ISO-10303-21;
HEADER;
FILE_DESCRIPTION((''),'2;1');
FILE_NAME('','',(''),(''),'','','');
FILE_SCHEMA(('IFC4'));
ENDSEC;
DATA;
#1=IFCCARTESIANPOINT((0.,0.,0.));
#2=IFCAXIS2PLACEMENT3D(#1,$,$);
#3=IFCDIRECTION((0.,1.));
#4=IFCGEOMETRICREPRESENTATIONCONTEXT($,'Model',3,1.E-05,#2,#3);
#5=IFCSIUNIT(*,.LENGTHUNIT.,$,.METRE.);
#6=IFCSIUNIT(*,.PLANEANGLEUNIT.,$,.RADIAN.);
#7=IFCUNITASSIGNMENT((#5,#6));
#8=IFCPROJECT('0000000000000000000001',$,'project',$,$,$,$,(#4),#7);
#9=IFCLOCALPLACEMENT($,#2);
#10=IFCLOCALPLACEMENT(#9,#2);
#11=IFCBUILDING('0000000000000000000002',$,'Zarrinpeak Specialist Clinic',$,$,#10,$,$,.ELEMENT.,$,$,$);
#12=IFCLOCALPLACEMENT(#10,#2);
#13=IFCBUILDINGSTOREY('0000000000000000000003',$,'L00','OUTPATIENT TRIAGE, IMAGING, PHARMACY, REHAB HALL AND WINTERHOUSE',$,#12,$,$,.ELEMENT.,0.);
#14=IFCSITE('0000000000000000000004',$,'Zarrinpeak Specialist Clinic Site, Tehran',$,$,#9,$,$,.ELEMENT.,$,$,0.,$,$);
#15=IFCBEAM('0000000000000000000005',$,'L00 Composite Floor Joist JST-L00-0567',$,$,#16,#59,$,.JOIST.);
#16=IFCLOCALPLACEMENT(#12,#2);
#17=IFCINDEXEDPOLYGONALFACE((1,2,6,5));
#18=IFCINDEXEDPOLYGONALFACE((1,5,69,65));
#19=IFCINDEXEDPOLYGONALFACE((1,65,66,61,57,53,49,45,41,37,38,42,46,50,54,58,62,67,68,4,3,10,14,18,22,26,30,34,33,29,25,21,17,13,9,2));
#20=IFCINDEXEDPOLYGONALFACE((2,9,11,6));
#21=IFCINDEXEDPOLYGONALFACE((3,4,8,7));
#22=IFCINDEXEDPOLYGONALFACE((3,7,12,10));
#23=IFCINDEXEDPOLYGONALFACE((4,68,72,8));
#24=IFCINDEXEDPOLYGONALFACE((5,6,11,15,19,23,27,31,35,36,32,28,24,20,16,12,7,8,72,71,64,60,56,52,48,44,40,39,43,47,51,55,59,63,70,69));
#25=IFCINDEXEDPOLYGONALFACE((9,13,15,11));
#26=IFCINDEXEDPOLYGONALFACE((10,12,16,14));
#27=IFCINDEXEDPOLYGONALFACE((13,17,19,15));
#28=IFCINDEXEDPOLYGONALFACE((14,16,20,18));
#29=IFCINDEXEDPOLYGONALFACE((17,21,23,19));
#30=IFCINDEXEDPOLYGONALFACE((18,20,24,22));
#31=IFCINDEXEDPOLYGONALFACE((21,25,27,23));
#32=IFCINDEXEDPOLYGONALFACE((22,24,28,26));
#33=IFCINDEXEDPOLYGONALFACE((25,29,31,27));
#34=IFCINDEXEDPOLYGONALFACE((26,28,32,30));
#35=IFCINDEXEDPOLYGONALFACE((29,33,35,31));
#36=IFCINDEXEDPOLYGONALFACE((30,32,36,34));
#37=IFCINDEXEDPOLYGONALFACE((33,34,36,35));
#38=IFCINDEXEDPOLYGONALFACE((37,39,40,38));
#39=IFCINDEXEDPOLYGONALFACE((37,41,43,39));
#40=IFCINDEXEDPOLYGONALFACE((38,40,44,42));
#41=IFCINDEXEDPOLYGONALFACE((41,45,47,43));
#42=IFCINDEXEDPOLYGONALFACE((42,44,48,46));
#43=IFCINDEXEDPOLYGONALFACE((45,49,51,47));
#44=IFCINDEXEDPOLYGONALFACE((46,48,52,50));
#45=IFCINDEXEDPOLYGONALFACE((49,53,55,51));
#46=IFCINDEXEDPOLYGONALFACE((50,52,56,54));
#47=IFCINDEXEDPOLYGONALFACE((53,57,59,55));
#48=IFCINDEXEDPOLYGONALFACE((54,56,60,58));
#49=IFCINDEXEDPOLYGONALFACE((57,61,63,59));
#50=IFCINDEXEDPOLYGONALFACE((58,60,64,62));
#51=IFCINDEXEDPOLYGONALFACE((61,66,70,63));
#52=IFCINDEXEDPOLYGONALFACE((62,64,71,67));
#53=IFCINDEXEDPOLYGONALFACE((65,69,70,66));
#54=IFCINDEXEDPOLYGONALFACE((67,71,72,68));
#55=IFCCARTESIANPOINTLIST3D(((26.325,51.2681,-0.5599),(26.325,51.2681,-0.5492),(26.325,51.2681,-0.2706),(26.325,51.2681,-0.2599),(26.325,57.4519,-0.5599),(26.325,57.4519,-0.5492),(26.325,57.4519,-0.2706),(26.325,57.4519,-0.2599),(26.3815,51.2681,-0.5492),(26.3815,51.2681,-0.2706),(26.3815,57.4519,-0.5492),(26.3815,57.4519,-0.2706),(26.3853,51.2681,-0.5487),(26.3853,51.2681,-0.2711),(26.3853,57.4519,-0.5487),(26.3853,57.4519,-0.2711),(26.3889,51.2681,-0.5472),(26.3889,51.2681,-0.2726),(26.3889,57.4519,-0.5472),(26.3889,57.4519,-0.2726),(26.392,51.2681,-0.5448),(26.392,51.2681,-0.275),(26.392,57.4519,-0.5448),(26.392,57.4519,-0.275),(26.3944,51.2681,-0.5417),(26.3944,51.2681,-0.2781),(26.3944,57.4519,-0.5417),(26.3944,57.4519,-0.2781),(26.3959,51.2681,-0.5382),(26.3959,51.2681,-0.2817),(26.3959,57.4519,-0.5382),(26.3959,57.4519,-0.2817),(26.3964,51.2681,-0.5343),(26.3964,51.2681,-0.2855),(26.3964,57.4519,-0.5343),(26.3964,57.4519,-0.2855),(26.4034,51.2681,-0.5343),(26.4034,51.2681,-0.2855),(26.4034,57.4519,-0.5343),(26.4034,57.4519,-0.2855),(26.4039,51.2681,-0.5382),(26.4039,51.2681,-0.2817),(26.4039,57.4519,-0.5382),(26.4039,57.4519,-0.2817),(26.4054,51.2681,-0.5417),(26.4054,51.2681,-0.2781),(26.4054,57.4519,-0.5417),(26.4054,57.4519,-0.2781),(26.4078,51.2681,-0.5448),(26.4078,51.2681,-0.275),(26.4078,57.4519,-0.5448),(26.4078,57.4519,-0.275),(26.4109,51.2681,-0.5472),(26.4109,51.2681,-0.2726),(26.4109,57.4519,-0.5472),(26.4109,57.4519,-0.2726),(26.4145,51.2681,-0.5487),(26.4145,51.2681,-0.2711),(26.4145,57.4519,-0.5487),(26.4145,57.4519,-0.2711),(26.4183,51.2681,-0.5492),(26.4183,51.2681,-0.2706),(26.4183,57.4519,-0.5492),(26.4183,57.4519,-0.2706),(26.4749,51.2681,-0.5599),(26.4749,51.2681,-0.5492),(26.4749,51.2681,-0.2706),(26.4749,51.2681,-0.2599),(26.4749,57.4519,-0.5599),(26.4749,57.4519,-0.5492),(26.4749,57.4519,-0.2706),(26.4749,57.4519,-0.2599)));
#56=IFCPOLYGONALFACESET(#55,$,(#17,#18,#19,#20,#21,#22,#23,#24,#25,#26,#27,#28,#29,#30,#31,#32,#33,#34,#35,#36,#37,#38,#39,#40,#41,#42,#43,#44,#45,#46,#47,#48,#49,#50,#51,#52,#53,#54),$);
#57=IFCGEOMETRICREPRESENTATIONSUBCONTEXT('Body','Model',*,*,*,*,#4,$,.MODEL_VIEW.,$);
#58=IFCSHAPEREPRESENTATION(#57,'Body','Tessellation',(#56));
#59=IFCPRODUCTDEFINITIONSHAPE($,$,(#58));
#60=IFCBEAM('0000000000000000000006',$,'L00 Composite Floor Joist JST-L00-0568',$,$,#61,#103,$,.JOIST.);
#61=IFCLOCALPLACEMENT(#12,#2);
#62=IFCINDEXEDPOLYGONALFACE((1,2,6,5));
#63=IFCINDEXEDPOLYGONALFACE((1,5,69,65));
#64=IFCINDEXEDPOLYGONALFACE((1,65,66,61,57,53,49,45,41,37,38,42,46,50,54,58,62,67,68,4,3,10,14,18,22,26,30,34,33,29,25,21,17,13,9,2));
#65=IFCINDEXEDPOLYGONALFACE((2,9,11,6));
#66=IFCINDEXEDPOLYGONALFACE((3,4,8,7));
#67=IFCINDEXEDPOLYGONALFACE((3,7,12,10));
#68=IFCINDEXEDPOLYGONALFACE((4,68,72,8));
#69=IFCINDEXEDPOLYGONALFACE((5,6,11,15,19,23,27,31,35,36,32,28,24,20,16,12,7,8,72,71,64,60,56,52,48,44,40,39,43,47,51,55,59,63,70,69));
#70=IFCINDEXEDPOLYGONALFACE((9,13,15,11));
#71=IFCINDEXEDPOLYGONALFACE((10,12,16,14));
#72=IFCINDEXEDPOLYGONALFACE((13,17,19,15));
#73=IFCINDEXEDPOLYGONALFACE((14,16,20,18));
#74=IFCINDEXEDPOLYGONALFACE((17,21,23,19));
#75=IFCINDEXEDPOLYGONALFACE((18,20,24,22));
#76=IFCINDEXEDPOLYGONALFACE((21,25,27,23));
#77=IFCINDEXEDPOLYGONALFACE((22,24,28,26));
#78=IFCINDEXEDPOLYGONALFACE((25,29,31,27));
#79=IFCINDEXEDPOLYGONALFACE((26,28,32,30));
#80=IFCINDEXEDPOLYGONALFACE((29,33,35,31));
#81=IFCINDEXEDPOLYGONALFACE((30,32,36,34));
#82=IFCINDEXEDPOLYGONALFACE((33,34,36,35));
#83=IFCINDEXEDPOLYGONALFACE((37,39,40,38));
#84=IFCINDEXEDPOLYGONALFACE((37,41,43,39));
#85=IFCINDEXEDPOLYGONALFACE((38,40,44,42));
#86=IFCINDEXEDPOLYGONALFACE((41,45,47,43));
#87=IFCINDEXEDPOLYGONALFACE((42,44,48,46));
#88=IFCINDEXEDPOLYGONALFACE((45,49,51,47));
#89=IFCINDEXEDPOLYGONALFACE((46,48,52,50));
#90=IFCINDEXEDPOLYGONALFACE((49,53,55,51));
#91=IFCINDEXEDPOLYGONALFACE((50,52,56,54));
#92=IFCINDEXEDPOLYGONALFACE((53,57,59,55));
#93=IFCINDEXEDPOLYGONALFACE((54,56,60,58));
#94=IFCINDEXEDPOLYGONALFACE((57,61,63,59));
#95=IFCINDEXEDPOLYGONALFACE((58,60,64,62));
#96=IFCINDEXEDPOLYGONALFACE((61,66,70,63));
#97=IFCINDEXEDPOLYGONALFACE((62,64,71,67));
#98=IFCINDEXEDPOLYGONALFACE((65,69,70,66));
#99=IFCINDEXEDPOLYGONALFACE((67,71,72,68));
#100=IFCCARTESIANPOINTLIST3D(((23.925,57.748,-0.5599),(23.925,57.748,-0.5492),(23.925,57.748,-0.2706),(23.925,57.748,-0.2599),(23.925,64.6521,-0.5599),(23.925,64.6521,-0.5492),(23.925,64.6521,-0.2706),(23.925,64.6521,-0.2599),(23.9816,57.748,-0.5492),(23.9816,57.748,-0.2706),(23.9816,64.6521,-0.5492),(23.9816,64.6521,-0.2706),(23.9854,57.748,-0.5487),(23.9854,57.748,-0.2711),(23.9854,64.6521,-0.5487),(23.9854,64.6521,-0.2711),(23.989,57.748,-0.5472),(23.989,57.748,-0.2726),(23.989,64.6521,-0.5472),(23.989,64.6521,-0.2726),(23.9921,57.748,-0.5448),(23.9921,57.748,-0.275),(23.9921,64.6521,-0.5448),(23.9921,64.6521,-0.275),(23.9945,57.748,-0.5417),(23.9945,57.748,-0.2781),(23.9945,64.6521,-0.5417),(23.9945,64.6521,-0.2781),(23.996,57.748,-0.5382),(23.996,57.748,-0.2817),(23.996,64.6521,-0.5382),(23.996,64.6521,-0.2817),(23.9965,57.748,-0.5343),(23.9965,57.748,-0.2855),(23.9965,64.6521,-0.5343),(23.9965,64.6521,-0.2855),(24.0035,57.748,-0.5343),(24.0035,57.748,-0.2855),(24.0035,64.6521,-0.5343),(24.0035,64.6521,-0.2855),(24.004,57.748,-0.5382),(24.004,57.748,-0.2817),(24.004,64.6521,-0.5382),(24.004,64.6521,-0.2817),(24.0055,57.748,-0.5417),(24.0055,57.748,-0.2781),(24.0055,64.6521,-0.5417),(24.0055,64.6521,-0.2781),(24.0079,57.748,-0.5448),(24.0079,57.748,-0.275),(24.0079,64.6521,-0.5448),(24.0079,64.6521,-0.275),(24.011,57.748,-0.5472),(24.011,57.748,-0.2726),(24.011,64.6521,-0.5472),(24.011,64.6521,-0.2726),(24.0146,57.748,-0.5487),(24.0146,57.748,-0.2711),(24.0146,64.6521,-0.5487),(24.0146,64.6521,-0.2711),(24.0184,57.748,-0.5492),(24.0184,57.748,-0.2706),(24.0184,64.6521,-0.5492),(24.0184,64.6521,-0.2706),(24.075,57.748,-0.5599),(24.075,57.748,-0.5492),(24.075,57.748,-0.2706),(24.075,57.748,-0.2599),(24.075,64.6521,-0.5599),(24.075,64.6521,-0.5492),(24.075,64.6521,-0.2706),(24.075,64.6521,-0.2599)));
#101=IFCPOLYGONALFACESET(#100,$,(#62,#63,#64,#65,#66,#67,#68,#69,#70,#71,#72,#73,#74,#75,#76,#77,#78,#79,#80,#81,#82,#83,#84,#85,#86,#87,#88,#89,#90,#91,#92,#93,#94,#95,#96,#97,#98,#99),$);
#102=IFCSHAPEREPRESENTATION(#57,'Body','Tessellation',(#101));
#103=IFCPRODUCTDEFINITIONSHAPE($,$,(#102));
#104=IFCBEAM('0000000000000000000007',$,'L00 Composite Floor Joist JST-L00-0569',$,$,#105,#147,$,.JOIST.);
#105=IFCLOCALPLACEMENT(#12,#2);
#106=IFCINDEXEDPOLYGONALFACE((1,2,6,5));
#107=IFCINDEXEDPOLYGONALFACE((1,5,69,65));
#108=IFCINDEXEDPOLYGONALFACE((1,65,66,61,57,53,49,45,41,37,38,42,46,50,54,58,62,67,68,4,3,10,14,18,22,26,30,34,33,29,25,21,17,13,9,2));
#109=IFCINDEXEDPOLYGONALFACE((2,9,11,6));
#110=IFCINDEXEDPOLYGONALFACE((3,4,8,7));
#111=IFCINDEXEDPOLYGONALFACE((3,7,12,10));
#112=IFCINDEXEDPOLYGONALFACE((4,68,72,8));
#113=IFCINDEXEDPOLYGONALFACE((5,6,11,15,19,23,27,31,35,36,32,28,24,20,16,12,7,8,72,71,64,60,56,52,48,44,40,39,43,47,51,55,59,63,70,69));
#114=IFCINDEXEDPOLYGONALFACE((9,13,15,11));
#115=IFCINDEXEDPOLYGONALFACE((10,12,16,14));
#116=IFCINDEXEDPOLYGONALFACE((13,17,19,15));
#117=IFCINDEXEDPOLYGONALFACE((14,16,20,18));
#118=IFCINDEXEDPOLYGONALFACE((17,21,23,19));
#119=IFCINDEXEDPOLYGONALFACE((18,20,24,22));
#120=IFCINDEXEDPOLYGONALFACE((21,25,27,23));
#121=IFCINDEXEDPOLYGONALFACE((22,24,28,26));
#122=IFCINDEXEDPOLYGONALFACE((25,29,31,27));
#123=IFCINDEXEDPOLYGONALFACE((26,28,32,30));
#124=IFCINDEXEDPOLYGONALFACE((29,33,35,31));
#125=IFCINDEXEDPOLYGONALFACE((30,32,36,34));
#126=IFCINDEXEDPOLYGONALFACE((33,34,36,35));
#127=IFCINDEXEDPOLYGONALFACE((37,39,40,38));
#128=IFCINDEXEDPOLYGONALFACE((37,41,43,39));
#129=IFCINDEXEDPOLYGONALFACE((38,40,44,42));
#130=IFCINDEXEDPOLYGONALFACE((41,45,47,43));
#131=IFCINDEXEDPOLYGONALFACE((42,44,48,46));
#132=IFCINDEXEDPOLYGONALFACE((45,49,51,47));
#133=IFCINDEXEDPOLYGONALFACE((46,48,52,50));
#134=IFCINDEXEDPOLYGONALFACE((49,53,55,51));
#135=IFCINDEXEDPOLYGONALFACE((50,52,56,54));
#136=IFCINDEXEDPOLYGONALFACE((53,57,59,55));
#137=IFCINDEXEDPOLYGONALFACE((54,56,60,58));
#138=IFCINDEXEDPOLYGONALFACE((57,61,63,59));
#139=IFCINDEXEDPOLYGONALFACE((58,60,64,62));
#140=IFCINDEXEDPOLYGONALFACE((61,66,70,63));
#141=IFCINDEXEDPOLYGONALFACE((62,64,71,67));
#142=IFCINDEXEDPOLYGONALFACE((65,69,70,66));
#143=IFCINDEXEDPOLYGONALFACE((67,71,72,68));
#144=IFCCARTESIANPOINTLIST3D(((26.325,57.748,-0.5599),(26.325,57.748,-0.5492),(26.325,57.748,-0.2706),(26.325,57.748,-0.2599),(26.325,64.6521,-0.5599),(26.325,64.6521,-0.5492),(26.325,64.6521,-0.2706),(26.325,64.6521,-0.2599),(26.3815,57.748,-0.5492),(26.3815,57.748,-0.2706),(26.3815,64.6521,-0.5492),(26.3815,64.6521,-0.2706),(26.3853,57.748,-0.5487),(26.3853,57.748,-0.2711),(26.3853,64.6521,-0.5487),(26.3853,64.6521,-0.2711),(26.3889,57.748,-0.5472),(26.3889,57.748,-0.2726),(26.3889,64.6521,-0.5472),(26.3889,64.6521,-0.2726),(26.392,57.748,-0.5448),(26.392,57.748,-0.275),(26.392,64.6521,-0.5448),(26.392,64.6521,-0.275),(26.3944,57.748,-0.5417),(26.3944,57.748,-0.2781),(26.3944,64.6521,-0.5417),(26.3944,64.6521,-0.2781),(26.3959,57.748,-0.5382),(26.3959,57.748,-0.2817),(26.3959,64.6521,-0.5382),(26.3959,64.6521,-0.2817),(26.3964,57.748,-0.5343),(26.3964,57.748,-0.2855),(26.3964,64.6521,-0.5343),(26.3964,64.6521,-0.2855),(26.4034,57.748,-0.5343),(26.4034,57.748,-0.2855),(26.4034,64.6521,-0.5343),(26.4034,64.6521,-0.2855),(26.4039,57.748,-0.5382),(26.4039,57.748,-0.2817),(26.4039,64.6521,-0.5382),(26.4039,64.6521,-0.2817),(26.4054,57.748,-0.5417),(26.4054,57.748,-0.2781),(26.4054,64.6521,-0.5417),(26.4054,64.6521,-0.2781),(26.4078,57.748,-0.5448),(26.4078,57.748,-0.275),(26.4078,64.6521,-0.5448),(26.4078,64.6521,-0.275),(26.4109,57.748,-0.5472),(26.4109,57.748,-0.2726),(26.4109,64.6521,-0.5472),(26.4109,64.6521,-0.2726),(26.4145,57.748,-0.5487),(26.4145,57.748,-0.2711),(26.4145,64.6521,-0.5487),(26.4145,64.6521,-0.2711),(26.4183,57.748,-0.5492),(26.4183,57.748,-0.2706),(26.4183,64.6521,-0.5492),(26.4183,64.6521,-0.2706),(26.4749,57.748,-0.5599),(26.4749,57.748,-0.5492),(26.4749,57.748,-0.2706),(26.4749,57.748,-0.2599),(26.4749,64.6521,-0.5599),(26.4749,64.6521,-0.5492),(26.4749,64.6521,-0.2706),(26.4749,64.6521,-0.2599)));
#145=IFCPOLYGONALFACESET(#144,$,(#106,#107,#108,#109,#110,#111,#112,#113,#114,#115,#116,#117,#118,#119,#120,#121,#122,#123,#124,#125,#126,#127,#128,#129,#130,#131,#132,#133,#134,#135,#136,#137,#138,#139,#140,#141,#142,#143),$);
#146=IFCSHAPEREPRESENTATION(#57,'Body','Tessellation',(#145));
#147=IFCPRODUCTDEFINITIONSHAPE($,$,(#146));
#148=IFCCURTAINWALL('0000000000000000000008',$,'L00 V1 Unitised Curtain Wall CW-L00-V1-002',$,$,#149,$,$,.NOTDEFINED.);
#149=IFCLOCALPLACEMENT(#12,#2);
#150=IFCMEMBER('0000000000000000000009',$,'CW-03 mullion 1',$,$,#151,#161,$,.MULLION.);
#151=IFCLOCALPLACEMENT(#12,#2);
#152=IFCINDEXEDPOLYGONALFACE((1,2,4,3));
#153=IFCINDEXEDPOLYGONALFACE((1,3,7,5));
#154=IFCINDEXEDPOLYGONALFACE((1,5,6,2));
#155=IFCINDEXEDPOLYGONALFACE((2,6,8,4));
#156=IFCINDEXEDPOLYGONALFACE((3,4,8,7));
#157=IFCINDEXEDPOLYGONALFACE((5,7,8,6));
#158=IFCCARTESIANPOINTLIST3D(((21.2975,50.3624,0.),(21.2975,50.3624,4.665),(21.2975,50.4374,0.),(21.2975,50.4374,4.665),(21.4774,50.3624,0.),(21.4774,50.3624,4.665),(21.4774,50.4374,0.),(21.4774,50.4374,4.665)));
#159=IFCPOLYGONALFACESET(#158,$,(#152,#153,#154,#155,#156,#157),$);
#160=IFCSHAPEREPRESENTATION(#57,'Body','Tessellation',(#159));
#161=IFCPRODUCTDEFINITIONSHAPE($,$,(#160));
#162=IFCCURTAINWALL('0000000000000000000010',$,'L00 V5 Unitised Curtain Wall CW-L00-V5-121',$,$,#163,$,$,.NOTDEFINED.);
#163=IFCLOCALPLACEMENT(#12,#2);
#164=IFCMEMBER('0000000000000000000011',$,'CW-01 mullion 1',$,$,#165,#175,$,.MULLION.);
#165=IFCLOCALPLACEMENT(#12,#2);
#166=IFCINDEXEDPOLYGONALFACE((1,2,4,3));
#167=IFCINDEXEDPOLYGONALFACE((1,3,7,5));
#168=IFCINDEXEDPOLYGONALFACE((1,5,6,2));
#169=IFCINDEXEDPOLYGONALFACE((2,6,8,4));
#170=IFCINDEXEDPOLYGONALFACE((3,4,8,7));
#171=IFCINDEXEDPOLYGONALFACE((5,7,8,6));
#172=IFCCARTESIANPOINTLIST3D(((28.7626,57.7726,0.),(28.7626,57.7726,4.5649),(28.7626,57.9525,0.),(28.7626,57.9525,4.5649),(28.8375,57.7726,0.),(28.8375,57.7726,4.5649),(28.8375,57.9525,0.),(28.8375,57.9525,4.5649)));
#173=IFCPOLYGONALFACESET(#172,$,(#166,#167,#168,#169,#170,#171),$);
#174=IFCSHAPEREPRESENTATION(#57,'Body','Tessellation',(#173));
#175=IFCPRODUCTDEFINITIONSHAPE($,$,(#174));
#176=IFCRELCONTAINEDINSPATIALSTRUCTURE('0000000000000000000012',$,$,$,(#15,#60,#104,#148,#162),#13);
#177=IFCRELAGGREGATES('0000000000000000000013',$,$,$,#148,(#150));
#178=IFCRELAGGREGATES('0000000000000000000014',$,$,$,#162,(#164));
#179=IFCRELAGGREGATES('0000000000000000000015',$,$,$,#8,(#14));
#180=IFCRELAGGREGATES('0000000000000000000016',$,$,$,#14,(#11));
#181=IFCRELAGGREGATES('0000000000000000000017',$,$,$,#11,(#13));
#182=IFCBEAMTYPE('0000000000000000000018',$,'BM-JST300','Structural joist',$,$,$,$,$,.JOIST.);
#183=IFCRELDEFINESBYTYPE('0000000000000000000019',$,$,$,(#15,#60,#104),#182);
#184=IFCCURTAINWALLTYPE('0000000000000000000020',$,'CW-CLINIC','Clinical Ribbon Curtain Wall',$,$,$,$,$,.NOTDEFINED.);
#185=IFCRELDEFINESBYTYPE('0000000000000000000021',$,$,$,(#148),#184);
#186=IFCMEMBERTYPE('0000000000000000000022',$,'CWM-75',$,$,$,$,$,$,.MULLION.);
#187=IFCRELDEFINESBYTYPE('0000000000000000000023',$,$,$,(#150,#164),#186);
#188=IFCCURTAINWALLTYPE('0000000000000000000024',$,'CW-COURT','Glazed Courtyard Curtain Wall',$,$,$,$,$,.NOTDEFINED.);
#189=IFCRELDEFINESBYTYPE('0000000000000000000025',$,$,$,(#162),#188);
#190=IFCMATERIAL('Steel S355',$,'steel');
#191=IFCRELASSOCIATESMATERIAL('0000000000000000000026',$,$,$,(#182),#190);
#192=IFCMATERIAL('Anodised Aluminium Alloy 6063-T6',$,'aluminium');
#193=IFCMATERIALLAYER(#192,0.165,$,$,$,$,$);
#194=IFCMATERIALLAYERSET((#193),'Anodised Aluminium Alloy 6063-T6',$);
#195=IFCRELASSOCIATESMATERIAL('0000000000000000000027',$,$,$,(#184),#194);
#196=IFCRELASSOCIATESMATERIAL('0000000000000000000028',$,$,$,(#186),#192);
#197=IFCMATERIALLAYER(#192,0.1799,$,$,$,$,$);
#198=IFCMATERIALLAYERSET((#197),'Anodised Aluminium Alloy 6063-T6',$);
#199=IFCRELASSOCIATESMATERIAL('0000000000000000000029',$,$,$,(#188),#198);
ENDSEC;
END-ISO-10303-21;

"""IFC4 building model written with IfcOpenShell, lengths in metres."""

from ifc_helpers import new_model, si_unit, direction, frame, origin, origin_2d, place, context, subcontext, project, spatial, rectangle, i_section, extrude, material, layer, layer_set, material_profile, profile_set, type_object, element, aggregate, save


model = new_model("IFC4")

# Units and contexts
model_context = context("Model", 3, precision=1e-05, world=origin(), true_north=direction((0.0, 1.0)))
body_context = subcontext(model_context, "Body", "Model", "MODEL_VIEW")
ifc_project = project(units=[si_unit("LENGTHUNIT", "METRE"), si_unit("PLANEANGLEUNIT", "RADIAN")], contexts=[model_context])

# Site, building, storey
site_placement = place(None, origin())
site = spatial("IfcSite", under=ifc_project, at=site_placement, Name="Zarrinpeak Specialist Clinic Site, Tehran", CompositionType="ELEMENT", RefElevation=0.0)
building_placement = place(site_placement, origin())
building = spatial("IfcBuilding", under=site, at=building_placement, Name="Zarrinpeak Specialist Clinic", CompositionType="ELEMENT")
storey_placement = place(building_placement, origin())
storey = spatial("IfcBuildingStorey", under=building, at=storey_placement, Name="L00", Description="OUTPATIENT TRIAGE, IMAGING, PHARMACY, REHAB HALL AND WINTERHOUSE", CompositionType="ELEMENT", Elevation=0.0)

# Shared definitions
ifc_material_1 = material(Name="Steel S355", Category="steel")

# Beams
ifc_material_profile_1 = material_profile(ifc_material_1, i_section(OverallWidth=0.1499, OverallDepth=0.3, WebThickness=0.0071, FlangeThickness=0.0107, FilletRadius=0.0149, at=origin_2d()), Name="IPE 300")
ifc_profile_set_1 = profile_set([ifc_material_profile_1], Name="Steel S355")
beam_type_1 = type_object("IfcBeamType", Name="BM-JST300", Description="Structural joist", PredefinedType="JOIST", material=ifc_profile_set_1)
for number, where, z_axis, x_axis, name in (
    (1, (26.3999, 51.2681, -0.4099), (0.0, 1.0, 0.0), (-1.0, 0.0, 0.0), "L00 Composite Floor Joist JST-L00-0567"),
):
    element("IfcBeam", number, at=place(storey_placement, frame(where, z_axis=z_axis, x_axis=x_axis)), inside=storey, type_object=beam_type_1, Name=name, PredefinedType="JOIST", context=body_context, shape_type="SweptSolid", body=[
        extrude(i_section(OverallWidth=0.1499, OverallDepth=0.3, WebThickness=0.0071, FlangeThickness=0.0107, FilletRadius=0.0149, at=origin_2d()), origin(), (0.0, 0.0, 1.0), 6.1838),
    ])
for number, where, z_axis, x_axis, name in (
    (2, (24.0, 57.748, -0.4099), (0.0, 1.0, 0.0), (-1.0, 0.0, 0.0), "L00 Composite Floor Joist JST-L00-0568"),
    (3, (26.3999, 57.748, -0.4099), (0.0, 1.0, 0.0), (-1.0, 0.0, 0.0), "L00 Composite Floor Joist JST-L00-0569"),
):
    element("IfcBeam", number, at=place(storey_placement, frame(where, z_axis=z_axis, x_axis=x_axis)), inside=storey, type_object=beam_type_1, Name=name, PredefinedType="JOIST", context=body_context, shape_type="SweptSolid", body=[
        extrude(i_section(OverallWidth=0.1499, OverallDepth=0.3, WebThickness=0.0071, FlangeThickness=0.0107, FilletRadius=0.0149, at=origin_2d()), origin(), (0.0, 0.0, 1.0), 6.9041),
    ])

# Curtain walls, members
ifc_material_2 = material(Name="Anodised Aluminium Alloy 6063-T6", Category="aluminium")
ifc_layer_1 = layer(ifc_material_2, 0.165)
ifc_layer_set_1 = layer_set([ifc_layer_1], Name="Anodised Aluminium Alloy 6063-T6")
curtain_wall_type_1 = type_object("IfcCurtainWallType", Name="CW-CLINIC", Description="Clinical Ribbon Curtain Wall", PredefinedType="NOTDEFINED", material=ifc_layer_set_1)
curtain_wall_1_placement = place(storey_placement, origin())
curtain_wall_1 = element("IfcCurtainWall", 4, at=curtain_wall_1_placement, inside=storey, type_object=curtain_wall_type_1, Name="L00 V1 Unitised Curtain Wall CW-L00-V1-002", PredefinedType="NOTDEFINED")
ifc_material_profile_2 = material_profile(ifc_material_2, rectangle(XDim=0.075, YDim=0.1799, at=origin_2d()), Name="ALU 75x180")
ifc_profile_set_2 = profile_set([ifc_material_profile_2], Name="Anodised Aluminium Alloy 6063-T6")
member_type = type_object("IfcMemberType", Name="CWM-75", PredefinedType="MULLION", material=ifc_profile_set_2)
member_1_placement = place(storey_placement, frame((21.3875, 50.3999, 0.0), z_axis=(0.0, 0.0, 1.0), x_axis=(0.0, -1.0, 0.0)))
member_1 = element("IfcMember", 5, at=member_1_placement, type_object=member_type, Name="CW-03 mullion 1", PredefinedType="MULLION", context=body_context, shape_type="SweptSolid", body=[
    extrude(rectangle(XDim=0.075, YDim=0.1799, at=origin_2d()), origin(), (0.0, 0.0, 1.0), 4.665),
])
aggregate(curtain_wall_1, [member_1])
ifc_layer_2 = layer(ifc_material_2, 0.1799)
ifc_layer_set_2 = layer_set([ifc_layer_2], Name="Anodised Aluminium Alloy 6063-T6")
curtain_wall_type_2 = type_object("IfcCurtainWallType", Name="CW-COURT", Description="Glazed Courtyard Curtain Wall", PredefinedType="NOTDEFINED", material=ifc_layer_set_2)
curtain_wall_2_placement = place(storey_placement, origin())
curtain_wall_2 = element("IfcCurtainWall", 6, at=curtain_wall_2_placement, inside=storey, type_object=curtain_wall_type_2, Name="L00 V5 Unitised Curtain Wall CW-L00-V5-121", PredefinedType="NOTDEFINED")
member_2_placement = place(storey_placement, frame((28.8, 57.8625, 0.0), z_axis=(0.0, 0.0, 1.0), x_axis=(-1.0, 0.0, 0.0)))
member_2 = element("IfcMember", 7, at=member_2_placement, type_object=member_type, Name="CW-01 mullion 1", PredefinedType="MULLION", context=body_context, shape_type="SweptSolid", body=[
    extrude(rectangle(XDim=0.075, YDim=0.1799, at=origin_2d()), origin(), (0.0, 0.0, 1.0), 4.5649),
])
aggregate(curtain_wall_2, [member_2])

save(model, "model.ifc")
